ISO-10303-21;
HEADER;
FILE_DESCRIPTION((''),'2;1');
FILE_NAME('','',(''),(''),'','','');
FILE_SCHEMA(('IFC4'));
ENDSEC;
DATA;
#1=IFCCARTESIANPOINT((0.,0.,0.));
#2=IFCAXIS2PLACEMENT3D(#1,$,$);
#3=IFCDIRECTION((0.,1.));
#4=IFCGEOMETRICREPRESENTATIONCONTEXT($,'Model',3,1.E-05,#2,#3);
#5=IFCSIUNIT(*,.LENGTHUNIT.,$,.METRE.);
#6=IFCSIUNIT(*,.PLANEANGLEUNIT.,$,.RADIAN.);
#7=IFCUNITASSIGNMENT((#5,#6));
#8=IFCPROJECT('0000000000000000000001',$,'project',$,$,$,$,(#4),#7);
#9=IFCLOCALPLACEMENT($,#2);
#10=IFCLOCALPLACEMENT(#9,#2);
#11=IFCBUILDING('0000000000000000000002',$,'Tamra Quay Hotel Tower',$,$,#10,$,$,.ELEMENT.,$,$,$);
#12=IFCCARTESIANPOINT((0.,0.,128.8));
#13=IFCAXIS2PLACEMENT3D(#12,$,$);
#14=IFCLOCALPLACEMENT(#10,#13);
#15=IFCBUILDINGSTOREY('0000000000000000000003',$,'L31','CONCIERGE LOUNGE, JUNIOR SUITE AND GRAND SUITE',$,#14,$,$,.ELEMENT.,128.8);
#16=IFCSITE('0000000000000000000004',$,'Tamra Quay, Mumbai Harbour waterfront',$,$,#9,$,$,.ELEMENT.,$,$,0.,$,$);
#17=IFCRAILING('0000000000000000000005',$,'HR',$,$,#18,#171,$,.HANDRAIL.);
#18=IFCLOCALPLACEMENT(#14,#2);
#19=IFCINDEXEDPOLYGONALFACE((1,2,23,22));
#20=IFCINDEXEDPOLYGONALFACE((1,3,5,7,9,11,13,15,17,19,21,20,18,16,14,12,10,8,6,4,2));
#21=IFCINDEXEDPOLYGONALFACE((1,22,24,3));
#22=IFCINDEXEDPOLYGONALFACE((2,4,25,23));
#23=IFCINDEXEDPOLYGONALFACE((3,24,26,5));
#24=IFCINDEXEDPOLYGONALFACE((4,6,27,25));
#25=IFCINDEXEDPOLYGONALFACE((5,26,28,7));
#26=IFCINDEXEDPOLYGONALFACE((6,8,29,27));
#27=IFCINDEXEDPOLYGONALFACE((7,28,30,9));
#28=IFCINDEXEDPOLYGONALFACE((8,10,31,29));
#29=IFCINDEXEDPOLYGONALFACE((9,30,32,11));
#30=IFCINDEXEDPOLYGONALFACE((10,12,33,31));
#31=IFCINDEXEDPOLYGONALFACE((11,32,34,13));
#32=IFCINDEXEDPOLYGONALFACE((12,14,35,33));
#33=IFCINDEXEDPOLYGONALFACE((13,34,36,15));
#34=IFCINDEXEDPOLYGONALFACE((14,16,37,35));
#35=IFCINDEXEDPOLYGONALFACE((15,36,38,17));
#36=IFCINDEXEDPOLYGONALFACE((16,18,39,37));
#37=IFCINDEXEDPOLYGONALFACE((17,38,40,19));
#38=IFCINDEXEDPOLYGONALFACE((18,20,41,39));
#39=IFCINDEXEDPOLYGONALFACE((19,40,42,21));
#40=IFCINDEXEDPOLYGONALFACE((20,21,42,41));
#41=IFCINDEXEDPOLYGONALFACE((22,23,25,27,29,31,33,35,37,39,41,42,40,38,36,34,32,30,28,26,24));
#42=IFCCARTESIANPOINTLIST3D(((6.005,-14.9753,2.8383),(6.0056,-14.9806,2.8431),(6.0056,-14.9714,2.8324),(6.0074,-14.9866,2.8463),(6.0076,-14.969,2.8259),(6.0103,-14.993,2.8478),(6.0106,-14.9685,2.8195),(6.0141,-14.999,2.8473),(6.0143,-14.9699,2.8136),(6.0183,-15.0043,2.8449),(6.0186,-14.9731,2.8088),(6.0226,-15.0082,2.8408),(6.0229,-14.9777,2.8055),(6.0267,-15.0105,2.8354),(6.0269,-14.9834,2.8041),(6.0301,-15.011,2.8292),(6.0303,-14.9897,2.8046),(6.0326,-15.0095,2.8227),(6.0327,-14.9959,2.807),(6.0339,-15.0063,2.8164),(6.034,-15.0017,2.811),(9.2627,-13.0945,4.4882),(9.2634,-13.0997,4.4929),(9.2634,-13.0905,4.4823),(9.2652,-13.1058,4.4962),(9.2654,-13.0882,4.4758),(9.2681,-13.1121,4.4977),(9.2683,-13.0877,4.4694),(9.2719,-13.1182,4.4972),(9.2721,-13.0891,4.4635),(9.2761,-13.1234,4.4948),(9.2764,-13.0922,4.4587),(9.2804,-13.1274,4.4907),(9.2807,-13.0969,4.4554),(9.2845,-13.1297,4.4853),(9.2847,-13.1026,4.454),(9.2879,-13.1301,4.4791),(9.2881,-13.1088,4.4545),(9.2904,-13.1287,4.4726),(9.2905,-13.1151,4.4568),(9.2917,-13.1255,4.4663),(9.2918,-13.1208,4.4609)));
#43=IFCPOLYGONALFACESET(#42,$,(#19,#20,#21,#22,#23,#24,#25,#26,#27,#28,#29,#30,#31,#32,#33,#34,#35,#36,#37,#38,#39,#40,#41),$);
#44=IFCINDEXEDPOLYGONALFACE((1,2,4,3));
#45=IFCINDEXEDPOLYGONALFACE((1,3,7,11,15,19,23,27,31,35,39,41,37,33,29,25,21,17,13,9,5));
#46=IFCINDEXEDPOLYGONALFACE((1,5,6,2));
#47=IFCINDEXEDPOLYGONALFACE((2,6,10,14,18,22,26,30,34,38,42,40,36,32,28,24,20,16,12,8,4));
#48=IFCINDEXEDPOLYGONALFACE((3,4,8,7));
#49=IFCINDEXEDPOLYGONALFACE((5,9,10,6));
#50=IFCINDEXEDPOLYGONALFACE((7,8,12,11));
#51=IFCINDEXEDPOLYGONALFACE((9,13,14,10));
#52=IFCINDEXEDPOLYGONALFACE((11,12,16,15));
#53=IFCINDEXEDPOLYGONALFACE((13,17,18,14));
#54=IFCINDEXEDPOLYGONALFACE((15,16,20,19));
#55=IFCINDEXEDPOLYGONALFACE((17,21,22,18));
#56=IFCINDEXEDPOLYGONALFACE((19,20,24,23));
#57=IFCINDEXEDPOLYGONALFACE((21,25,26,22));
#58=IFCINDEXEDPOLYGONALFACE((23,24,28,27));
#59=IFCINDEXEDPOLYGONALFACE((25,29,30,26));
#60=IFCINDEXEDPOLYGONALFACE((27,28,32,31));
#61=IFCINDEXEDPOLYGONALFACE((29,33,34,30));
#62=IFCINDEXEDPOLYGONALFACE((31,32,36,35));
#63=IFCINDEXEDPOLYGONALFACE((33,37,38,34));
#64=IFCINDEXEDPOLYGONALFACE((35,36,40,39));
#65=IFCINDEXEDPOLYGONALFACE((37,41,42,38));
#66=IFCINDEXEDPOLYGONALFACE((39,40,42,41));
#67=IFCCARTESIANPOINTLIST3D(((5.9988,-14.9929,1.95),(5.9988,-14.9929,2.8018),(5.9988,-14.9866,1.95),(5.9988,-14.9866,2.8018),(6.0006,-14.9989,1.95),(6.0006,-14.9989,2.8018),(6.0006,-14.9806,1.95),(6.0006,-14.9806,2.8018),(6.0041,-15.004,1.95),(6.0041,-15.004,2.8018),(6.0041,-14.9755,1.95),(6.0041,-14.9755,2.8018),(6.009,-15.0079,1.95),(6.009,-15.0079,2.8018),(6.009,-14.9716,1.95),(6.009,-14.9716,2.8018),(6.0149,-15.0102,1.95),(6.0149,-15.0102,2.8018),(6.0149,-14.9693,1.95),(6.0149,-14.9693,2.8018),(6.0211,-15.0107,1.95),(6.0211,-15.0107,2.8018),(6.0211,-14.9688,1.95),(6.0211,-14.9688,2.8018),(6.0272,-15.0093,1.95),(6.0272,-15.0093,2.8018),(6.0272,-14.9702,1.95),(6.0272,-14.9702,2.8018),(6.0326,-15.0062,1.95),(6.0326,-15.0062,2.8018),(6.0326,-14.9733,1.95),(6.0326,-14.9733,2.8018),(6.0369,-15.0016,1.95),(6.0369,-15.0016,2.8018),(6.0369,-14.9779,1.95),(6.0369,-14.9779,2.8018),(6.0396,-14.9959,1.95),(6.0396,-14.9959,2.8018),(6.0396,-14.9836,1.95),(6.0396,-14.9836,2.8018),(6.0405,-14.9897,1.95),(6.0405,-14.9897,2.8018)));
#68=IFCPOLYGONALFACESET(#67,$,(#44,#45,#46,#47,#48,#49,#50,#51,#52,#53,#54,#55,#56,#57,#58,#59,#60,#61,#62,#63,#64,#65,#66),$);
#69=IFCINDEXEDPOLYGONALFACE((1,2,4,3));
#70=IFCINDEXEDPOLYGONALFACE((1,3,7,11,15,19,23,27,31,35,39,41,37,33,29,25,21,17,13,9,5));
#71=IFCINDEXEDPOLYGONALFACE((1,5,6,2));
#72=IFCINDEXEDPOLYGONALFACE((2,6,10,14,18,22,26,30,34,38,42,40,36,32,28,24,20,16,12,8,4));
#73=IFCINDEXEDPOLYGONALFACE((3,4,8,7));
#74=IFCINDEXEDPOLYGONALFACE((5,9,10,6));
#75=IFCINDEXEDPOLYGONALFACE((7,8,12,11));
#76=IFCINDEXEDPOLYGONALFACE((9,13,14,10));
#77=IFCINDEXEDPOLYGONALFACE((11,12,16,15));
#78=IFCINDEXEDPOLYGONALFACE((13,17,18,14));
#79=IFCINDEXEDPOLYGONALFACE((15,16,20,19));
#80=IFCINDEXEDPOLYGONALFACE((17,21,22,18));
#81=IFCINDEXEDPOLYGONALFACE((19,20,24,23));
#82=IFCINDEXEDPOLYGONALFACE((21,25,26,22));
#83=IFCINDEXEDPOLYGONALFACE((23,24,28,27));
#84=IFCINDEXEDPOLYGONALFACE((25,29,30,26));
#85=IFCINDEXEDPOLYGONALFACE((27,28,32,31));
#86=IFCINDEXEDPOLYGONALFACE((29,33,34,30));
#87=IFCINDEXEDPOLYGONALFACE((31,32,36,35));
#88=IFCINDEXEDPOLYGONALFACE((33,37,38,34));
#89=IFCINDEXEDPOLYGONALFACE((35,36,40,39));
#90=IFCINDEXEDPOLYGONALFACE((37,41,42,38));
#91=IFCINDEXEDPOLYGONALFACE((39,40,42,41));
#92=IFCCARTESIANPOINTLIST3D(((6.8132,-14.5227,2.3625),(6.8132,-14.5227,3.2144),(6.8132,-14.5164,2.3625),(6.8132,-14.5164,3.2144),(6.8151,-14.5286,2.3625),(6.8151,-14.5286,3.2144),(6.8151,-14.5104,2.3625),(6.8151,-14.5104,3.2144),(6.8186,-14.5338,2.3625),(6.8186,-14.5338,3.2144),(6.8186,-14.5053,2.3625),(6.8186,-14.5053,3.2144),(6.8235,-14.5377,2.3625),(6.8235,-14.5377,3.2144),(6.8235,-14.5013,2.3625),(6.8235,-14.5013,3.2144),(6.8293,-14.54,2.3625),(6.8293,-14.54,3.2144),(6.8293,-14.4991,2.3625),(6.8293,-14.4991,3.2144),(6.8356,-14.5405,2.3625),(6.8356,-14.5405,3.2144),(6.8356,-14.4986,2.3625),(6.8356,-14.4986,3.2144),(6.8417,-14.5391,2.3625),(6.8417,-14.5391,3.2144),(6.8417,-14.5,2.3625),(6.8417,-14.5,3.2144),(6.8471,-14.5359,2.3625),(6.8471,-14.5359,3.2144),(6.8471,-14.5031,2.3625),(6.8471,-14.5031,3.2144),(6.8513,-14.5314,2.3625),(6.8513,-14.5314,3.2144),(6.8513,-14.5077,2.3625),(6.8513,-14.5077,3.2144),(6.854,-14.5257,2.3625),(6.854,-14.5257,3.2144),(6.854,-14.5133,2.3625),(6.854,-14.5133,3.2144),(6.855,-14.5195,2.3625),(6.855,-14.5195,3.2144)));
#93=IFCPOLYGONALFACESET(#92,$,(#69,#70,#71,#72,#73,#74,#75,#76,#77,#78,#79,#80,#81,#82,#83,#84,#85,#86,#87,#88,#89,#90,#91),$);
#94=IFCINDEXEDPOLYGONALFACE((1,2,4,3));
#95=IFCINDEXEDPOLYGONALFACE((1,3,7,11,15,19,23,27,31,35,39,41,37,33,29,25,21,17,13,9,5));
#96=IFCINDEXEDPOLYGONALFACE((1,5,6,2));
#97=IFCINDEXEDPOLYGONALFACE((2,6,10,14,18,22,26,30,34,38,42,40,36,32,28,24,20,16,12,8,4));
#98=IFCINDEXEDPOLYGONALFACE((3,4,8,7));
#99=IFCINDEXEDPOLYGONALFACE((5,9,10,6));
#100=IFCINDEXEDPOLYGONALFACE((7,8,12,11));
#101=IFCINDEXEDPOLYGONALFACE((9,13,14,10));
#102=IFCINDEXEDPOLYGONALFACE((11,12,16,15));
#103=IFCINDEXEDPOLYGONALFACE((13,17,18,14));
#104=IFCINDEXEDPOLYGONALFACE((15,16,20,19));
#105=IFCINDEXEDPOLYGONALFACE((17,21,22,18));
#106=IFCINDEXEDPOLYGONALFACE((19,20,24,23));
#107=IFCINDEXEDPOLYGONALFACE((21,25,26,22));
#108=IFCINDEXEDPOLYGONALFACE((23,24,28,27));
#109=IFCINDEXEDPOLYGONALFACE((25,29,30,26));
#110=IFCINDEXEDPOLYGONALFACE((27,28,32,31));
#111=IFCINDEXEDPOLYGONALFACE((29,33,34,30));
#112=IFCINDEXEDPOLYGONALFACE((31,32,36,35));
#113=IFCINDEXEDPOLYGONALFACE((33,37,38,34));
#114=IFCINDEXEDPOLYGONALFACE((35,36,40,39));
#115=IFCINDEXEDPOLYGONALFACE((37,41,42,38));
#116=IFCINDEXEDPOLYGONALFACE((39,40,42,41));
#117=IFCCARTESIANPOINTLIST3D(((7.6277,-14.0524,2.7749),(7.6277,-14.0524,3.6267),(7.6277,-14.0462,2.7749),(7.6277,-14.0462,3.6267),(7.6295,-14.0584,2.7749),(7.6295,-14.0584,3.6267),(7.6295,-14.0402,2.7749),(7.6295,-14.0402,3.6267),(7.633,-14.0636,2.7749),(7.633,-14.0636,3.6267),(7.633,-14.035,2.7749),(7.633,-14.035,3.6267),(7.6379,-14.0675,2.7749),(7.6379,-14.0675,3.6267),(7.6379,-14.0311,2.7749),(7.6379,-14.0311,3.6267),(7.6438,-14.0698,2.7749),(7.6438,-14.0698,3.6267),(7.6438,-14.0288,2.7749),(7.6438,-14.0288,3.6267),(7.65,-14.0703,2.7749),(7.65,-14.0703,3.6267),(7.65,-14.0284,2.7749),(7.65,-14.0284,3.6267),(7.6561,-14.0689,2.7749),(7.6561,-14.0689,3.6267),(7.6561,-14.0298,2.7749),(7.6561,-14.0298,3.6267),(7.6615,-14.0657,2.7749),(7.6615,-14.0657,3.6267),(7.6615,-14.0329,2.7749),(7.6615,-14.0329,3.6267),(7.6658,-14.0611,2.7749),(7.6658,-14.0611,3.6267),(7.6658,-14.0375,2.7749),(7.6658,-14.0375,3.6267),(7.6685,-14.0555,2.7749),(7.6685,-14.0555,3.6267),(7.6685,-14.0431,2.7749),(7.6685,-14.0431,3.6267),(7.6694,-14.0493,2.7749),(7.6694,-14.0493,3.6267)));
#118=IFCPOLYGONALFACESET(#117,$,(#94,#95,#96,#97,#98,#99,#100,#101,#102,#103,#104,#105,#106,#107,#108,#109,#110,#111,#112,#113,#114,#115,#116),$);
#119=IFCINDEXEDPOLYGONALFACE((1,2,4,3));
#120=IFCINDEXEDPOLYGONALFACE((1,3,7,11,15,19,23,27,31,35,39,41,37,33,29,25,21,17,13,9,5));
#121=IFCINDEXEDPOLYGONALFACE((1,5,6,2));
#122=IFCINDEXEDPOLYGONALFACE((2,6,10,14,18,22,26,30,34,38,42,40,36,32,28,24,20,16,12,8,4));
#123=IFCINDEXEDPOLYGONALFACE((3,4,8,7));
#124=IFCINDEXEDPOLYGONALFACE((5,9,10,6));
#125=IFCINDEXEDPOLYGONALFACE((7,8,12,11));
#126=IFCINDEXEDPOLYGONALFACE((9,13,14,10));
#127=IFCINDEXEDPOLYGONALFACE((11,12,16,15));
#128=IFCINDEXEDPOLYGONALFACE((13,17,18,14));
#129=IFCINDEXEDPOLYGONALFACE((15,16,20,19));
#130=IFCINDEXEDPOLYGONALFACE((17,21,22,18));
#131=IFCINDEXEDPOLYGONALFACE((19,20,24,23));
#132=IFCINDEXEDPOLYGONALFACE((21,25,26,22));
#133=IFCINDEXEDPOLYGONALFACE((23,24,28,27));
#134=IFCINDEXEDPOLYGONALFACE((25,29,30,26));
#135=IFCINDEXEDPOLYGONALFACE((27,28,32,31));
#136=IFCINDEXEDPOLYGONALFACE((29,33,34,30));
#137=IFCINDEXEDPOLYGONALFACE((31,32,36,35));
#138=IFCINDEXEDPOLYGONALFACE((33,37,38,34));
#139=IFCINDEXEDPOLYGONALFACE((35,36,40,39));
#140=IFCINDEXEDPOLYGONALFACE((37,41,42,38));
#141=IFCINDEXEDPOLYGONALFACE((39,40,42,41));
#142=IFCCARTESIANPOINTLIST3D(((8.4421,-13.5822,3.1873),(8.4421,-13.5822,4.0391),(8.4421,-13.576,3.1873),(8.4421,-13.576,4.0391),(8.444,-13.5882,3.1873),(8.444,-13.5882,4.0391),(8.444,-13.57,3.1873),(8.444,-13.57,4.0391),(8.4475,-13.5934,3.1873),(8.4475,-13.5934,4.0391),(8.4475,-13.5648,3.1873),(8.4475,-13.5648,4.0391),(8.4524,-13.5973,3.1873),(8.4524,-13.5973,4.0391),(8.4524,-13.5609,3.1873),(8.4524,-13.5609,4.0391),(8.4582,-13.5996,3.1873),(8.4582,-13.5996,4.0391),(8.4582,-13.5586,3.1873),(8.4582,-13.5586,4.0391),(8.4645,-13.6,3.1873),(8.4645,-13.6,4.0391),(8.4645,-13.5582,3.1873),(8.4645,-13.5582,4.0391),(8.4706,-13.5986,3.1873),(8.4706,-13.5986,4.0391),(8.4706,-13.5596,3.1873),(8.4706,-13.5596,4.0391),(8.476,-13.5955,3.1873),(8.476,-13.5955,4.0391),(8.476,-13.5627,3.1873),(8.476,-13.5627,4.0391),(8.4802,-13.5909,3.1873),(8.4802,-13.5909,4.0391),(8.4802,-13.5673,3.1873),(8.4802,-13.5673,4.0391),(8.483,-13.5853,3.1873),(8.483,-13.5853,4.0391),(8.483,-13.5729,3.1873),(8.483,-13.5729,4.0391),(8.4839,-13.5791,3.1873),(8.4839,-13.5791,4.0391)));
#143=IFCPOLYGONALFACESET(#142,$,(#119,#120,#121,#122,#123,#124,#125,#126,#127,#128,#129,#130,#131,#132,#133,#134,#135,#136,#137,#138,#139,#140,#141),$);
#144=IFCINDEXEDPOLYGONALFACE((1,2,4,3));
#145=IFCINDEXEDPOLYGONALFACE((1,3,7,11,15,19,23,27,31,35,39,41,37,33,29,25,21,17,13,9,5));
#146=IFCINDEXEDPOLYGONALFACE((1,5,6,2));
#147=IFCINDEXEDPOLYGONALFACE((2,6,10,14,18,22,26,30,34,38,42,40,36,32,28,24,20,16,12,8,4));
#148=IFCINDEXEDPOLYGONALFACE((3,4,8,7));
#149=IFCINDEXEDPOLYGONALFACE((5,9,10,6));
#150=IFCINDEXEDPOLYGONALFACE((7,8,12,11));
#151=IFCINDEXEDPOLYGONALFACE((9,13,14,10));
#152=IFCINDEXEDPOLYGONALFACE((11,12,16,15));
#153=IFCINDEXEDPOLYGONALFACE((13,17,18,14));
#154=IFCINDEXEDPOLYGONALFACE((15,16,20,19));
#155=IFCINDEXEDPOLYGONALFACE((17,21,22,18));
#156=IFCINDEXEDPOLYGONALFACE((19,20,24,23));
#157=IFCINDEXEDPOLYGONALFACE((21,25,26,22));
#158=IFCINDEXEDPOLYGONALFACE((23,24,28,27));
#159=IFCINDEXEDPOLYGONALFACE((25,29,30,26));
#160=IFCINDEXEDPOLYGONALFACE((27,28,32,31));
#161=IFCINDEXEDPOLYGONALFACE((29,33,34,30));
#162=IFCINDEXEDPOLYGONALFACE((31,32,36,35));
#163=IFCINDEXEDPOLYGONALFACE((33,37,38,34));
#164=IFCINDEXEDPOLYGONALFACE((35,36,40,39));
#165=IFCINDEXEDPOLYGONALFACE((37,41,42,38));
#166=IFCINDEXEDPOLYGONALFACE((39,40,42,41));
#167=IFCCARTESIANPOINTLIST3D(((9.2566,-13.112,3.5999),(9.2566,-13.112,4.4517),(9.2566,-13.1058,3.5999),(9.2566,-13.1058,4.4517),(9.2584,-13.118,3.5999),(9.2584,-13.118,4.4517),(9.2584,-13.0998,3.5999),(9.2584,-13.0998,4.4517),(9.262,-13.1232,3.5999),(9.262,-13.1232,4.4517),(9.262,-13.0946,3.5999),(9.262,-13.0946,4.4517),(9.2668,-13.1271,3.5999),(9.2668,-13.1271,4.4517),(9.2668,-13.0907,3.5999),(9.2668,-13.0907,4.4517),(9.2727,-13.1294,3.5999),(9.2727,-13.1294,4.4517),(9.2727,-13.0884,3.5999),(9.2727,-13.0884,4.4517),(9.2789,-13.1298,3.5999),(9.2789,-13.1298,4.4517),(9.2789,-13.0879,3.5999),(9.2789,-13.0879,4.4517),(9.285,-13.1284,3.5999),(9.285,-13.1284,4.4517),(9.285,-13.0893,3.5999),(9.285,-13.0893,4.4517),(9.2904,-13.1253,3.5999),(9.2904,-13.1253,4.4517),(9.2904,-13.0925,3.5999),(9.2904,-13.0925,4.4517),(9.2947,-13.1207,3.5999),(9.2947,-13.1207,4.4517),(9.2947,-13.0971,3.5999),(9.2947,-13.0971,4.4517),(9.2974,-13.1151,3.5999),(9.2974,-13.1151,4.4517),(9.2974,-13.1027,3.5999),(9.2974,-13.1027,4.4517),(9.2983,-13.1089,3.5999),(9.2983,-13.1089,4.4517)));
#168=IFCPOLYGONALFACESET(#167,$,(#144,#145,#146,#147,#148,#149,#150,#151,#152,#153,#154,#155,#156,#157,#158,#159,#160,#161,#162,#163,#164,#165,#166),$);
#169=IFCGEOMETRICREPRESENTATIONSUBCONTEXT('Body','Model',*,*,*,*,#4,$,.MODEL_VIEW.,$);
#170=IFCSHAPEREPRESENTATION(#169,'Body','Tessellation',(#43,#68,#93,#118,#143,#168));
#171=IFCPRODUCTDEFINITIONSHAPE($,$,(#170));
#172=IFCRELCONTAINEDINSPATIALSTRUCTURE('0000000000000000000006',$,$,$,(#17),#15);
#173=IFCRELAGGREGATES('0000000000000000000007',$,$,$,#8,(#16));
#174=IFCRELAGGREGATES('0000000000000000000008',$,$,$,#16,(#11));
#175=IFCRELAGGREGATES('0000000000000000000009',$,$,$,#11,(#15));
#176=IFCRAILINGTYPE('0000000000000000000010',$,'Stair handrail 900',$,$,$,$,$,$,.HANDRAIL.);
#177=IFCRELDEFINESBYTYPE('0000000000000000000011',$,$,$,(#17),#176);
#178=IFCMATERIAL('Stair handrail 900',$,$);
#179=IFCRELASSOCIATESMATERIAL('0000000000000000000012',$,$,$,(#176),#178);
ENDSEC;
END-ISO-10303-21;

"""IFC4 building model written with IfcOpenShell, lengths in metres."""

from ifc_helpers import new_model, si_unit, direction, frame, origin, origin_2d, place, context, subcontext, project, spatial, circle, extrude, material, type_object, element, save


model = new_model("IFC4")

# Units and contexts
model_context = context("Model", 3, precision=1e-05, world=origin(), true_north=direction((0.0, 1.0)))
body_context = subcontext(model_context, "Body", "Model", "MODEL_VIEW")
ifc_project = project(units=[si_unit("LENGTHUNIT", "METRE"), si_unit("PLANEANGLEUNIT", "RADIAN")], contexts=[model_context])

# Site, building, storey
site_placement = place(None, origin())
site = spatial("IfcSite", under=ifc_project, at=site_placement, Name="Tamra Quay, Mumbai Harbour waterfront", CompositionType="ELEMENT", RefElevation=0.0)
building_placement = place(site_placement, origin())
building = spatial("IfcBuilding", under=site, at=building_placement, Name="Tamra Quay Hotel Tower", CompositionType="ELEMENT")
storey_placement = place(building_placement, frame((0.0, 0.0, 128.8)))
storey = spatial("IfcBuildingStorey", under=building, at=storey_placement, Name="L31", Description="CONCIERGE LOUNGE, JUNIOR SUITE AND GRAND SUITE", CompositionType="ELEMENT", Elevation=128.8)

# Railing
ifc_material_1 = material(Name="Stair handrail 900")
railing_type_1 = type_object("IfcRailingType", Name="Stair handrail 900", PredefinedType="HANDRAIL", material=ifc_material_1)
railing_1_placement = place(storey_placement, frame((6.0195, -14.9897, 1.95)))
element("IfcRailing", 1, at=railing_1_placement, inside=storey, type_object=railing_type_1, Name="HR", PredefinedType="HANDRAIL", context=body_context, shape_type="SweptSolid", body=[
    extrude(circle(Radius=0.0239, at=origin_2d()), frame((0.0, 0.0, 0.876), z_axis=(0.7931, 0.457887, 0.401661), x_axis=(-0.499992, 0.86603, 0.0)), (0.0, 0.0, 1.0), 4.1077),
    extrude(circle(Radius=0.021, at=origin_2d()), origin(), (0.0, 0.0, 1.0), 0.8518),
    extrude(circle(Radius=0.021, at=origin_2d()), frame((0.8145, 0.4702, 0.4126)), (0.0, 0.0, 1.0), 0.8518),
    extrude(circle(Radius=0.021, at=origin_2d()), frame((1.6289, 0.9404, 0.825)), (0.0, 0.0, 1.0), 0.8518),
    extrude(circle(Radius=0.021, at=origin_2d()), frame((2.4434, 1.4106, 1.2373)), (0.0, 0.0, 1.0), 0.8518),
    extrude(circle(Radius=0.021, at=origin_2d()), frame((3.2578, 1.8809, 1.6499)), (0.0, 0.0, 1.0), 0.8518),
])

save(model, "model.ifc")
